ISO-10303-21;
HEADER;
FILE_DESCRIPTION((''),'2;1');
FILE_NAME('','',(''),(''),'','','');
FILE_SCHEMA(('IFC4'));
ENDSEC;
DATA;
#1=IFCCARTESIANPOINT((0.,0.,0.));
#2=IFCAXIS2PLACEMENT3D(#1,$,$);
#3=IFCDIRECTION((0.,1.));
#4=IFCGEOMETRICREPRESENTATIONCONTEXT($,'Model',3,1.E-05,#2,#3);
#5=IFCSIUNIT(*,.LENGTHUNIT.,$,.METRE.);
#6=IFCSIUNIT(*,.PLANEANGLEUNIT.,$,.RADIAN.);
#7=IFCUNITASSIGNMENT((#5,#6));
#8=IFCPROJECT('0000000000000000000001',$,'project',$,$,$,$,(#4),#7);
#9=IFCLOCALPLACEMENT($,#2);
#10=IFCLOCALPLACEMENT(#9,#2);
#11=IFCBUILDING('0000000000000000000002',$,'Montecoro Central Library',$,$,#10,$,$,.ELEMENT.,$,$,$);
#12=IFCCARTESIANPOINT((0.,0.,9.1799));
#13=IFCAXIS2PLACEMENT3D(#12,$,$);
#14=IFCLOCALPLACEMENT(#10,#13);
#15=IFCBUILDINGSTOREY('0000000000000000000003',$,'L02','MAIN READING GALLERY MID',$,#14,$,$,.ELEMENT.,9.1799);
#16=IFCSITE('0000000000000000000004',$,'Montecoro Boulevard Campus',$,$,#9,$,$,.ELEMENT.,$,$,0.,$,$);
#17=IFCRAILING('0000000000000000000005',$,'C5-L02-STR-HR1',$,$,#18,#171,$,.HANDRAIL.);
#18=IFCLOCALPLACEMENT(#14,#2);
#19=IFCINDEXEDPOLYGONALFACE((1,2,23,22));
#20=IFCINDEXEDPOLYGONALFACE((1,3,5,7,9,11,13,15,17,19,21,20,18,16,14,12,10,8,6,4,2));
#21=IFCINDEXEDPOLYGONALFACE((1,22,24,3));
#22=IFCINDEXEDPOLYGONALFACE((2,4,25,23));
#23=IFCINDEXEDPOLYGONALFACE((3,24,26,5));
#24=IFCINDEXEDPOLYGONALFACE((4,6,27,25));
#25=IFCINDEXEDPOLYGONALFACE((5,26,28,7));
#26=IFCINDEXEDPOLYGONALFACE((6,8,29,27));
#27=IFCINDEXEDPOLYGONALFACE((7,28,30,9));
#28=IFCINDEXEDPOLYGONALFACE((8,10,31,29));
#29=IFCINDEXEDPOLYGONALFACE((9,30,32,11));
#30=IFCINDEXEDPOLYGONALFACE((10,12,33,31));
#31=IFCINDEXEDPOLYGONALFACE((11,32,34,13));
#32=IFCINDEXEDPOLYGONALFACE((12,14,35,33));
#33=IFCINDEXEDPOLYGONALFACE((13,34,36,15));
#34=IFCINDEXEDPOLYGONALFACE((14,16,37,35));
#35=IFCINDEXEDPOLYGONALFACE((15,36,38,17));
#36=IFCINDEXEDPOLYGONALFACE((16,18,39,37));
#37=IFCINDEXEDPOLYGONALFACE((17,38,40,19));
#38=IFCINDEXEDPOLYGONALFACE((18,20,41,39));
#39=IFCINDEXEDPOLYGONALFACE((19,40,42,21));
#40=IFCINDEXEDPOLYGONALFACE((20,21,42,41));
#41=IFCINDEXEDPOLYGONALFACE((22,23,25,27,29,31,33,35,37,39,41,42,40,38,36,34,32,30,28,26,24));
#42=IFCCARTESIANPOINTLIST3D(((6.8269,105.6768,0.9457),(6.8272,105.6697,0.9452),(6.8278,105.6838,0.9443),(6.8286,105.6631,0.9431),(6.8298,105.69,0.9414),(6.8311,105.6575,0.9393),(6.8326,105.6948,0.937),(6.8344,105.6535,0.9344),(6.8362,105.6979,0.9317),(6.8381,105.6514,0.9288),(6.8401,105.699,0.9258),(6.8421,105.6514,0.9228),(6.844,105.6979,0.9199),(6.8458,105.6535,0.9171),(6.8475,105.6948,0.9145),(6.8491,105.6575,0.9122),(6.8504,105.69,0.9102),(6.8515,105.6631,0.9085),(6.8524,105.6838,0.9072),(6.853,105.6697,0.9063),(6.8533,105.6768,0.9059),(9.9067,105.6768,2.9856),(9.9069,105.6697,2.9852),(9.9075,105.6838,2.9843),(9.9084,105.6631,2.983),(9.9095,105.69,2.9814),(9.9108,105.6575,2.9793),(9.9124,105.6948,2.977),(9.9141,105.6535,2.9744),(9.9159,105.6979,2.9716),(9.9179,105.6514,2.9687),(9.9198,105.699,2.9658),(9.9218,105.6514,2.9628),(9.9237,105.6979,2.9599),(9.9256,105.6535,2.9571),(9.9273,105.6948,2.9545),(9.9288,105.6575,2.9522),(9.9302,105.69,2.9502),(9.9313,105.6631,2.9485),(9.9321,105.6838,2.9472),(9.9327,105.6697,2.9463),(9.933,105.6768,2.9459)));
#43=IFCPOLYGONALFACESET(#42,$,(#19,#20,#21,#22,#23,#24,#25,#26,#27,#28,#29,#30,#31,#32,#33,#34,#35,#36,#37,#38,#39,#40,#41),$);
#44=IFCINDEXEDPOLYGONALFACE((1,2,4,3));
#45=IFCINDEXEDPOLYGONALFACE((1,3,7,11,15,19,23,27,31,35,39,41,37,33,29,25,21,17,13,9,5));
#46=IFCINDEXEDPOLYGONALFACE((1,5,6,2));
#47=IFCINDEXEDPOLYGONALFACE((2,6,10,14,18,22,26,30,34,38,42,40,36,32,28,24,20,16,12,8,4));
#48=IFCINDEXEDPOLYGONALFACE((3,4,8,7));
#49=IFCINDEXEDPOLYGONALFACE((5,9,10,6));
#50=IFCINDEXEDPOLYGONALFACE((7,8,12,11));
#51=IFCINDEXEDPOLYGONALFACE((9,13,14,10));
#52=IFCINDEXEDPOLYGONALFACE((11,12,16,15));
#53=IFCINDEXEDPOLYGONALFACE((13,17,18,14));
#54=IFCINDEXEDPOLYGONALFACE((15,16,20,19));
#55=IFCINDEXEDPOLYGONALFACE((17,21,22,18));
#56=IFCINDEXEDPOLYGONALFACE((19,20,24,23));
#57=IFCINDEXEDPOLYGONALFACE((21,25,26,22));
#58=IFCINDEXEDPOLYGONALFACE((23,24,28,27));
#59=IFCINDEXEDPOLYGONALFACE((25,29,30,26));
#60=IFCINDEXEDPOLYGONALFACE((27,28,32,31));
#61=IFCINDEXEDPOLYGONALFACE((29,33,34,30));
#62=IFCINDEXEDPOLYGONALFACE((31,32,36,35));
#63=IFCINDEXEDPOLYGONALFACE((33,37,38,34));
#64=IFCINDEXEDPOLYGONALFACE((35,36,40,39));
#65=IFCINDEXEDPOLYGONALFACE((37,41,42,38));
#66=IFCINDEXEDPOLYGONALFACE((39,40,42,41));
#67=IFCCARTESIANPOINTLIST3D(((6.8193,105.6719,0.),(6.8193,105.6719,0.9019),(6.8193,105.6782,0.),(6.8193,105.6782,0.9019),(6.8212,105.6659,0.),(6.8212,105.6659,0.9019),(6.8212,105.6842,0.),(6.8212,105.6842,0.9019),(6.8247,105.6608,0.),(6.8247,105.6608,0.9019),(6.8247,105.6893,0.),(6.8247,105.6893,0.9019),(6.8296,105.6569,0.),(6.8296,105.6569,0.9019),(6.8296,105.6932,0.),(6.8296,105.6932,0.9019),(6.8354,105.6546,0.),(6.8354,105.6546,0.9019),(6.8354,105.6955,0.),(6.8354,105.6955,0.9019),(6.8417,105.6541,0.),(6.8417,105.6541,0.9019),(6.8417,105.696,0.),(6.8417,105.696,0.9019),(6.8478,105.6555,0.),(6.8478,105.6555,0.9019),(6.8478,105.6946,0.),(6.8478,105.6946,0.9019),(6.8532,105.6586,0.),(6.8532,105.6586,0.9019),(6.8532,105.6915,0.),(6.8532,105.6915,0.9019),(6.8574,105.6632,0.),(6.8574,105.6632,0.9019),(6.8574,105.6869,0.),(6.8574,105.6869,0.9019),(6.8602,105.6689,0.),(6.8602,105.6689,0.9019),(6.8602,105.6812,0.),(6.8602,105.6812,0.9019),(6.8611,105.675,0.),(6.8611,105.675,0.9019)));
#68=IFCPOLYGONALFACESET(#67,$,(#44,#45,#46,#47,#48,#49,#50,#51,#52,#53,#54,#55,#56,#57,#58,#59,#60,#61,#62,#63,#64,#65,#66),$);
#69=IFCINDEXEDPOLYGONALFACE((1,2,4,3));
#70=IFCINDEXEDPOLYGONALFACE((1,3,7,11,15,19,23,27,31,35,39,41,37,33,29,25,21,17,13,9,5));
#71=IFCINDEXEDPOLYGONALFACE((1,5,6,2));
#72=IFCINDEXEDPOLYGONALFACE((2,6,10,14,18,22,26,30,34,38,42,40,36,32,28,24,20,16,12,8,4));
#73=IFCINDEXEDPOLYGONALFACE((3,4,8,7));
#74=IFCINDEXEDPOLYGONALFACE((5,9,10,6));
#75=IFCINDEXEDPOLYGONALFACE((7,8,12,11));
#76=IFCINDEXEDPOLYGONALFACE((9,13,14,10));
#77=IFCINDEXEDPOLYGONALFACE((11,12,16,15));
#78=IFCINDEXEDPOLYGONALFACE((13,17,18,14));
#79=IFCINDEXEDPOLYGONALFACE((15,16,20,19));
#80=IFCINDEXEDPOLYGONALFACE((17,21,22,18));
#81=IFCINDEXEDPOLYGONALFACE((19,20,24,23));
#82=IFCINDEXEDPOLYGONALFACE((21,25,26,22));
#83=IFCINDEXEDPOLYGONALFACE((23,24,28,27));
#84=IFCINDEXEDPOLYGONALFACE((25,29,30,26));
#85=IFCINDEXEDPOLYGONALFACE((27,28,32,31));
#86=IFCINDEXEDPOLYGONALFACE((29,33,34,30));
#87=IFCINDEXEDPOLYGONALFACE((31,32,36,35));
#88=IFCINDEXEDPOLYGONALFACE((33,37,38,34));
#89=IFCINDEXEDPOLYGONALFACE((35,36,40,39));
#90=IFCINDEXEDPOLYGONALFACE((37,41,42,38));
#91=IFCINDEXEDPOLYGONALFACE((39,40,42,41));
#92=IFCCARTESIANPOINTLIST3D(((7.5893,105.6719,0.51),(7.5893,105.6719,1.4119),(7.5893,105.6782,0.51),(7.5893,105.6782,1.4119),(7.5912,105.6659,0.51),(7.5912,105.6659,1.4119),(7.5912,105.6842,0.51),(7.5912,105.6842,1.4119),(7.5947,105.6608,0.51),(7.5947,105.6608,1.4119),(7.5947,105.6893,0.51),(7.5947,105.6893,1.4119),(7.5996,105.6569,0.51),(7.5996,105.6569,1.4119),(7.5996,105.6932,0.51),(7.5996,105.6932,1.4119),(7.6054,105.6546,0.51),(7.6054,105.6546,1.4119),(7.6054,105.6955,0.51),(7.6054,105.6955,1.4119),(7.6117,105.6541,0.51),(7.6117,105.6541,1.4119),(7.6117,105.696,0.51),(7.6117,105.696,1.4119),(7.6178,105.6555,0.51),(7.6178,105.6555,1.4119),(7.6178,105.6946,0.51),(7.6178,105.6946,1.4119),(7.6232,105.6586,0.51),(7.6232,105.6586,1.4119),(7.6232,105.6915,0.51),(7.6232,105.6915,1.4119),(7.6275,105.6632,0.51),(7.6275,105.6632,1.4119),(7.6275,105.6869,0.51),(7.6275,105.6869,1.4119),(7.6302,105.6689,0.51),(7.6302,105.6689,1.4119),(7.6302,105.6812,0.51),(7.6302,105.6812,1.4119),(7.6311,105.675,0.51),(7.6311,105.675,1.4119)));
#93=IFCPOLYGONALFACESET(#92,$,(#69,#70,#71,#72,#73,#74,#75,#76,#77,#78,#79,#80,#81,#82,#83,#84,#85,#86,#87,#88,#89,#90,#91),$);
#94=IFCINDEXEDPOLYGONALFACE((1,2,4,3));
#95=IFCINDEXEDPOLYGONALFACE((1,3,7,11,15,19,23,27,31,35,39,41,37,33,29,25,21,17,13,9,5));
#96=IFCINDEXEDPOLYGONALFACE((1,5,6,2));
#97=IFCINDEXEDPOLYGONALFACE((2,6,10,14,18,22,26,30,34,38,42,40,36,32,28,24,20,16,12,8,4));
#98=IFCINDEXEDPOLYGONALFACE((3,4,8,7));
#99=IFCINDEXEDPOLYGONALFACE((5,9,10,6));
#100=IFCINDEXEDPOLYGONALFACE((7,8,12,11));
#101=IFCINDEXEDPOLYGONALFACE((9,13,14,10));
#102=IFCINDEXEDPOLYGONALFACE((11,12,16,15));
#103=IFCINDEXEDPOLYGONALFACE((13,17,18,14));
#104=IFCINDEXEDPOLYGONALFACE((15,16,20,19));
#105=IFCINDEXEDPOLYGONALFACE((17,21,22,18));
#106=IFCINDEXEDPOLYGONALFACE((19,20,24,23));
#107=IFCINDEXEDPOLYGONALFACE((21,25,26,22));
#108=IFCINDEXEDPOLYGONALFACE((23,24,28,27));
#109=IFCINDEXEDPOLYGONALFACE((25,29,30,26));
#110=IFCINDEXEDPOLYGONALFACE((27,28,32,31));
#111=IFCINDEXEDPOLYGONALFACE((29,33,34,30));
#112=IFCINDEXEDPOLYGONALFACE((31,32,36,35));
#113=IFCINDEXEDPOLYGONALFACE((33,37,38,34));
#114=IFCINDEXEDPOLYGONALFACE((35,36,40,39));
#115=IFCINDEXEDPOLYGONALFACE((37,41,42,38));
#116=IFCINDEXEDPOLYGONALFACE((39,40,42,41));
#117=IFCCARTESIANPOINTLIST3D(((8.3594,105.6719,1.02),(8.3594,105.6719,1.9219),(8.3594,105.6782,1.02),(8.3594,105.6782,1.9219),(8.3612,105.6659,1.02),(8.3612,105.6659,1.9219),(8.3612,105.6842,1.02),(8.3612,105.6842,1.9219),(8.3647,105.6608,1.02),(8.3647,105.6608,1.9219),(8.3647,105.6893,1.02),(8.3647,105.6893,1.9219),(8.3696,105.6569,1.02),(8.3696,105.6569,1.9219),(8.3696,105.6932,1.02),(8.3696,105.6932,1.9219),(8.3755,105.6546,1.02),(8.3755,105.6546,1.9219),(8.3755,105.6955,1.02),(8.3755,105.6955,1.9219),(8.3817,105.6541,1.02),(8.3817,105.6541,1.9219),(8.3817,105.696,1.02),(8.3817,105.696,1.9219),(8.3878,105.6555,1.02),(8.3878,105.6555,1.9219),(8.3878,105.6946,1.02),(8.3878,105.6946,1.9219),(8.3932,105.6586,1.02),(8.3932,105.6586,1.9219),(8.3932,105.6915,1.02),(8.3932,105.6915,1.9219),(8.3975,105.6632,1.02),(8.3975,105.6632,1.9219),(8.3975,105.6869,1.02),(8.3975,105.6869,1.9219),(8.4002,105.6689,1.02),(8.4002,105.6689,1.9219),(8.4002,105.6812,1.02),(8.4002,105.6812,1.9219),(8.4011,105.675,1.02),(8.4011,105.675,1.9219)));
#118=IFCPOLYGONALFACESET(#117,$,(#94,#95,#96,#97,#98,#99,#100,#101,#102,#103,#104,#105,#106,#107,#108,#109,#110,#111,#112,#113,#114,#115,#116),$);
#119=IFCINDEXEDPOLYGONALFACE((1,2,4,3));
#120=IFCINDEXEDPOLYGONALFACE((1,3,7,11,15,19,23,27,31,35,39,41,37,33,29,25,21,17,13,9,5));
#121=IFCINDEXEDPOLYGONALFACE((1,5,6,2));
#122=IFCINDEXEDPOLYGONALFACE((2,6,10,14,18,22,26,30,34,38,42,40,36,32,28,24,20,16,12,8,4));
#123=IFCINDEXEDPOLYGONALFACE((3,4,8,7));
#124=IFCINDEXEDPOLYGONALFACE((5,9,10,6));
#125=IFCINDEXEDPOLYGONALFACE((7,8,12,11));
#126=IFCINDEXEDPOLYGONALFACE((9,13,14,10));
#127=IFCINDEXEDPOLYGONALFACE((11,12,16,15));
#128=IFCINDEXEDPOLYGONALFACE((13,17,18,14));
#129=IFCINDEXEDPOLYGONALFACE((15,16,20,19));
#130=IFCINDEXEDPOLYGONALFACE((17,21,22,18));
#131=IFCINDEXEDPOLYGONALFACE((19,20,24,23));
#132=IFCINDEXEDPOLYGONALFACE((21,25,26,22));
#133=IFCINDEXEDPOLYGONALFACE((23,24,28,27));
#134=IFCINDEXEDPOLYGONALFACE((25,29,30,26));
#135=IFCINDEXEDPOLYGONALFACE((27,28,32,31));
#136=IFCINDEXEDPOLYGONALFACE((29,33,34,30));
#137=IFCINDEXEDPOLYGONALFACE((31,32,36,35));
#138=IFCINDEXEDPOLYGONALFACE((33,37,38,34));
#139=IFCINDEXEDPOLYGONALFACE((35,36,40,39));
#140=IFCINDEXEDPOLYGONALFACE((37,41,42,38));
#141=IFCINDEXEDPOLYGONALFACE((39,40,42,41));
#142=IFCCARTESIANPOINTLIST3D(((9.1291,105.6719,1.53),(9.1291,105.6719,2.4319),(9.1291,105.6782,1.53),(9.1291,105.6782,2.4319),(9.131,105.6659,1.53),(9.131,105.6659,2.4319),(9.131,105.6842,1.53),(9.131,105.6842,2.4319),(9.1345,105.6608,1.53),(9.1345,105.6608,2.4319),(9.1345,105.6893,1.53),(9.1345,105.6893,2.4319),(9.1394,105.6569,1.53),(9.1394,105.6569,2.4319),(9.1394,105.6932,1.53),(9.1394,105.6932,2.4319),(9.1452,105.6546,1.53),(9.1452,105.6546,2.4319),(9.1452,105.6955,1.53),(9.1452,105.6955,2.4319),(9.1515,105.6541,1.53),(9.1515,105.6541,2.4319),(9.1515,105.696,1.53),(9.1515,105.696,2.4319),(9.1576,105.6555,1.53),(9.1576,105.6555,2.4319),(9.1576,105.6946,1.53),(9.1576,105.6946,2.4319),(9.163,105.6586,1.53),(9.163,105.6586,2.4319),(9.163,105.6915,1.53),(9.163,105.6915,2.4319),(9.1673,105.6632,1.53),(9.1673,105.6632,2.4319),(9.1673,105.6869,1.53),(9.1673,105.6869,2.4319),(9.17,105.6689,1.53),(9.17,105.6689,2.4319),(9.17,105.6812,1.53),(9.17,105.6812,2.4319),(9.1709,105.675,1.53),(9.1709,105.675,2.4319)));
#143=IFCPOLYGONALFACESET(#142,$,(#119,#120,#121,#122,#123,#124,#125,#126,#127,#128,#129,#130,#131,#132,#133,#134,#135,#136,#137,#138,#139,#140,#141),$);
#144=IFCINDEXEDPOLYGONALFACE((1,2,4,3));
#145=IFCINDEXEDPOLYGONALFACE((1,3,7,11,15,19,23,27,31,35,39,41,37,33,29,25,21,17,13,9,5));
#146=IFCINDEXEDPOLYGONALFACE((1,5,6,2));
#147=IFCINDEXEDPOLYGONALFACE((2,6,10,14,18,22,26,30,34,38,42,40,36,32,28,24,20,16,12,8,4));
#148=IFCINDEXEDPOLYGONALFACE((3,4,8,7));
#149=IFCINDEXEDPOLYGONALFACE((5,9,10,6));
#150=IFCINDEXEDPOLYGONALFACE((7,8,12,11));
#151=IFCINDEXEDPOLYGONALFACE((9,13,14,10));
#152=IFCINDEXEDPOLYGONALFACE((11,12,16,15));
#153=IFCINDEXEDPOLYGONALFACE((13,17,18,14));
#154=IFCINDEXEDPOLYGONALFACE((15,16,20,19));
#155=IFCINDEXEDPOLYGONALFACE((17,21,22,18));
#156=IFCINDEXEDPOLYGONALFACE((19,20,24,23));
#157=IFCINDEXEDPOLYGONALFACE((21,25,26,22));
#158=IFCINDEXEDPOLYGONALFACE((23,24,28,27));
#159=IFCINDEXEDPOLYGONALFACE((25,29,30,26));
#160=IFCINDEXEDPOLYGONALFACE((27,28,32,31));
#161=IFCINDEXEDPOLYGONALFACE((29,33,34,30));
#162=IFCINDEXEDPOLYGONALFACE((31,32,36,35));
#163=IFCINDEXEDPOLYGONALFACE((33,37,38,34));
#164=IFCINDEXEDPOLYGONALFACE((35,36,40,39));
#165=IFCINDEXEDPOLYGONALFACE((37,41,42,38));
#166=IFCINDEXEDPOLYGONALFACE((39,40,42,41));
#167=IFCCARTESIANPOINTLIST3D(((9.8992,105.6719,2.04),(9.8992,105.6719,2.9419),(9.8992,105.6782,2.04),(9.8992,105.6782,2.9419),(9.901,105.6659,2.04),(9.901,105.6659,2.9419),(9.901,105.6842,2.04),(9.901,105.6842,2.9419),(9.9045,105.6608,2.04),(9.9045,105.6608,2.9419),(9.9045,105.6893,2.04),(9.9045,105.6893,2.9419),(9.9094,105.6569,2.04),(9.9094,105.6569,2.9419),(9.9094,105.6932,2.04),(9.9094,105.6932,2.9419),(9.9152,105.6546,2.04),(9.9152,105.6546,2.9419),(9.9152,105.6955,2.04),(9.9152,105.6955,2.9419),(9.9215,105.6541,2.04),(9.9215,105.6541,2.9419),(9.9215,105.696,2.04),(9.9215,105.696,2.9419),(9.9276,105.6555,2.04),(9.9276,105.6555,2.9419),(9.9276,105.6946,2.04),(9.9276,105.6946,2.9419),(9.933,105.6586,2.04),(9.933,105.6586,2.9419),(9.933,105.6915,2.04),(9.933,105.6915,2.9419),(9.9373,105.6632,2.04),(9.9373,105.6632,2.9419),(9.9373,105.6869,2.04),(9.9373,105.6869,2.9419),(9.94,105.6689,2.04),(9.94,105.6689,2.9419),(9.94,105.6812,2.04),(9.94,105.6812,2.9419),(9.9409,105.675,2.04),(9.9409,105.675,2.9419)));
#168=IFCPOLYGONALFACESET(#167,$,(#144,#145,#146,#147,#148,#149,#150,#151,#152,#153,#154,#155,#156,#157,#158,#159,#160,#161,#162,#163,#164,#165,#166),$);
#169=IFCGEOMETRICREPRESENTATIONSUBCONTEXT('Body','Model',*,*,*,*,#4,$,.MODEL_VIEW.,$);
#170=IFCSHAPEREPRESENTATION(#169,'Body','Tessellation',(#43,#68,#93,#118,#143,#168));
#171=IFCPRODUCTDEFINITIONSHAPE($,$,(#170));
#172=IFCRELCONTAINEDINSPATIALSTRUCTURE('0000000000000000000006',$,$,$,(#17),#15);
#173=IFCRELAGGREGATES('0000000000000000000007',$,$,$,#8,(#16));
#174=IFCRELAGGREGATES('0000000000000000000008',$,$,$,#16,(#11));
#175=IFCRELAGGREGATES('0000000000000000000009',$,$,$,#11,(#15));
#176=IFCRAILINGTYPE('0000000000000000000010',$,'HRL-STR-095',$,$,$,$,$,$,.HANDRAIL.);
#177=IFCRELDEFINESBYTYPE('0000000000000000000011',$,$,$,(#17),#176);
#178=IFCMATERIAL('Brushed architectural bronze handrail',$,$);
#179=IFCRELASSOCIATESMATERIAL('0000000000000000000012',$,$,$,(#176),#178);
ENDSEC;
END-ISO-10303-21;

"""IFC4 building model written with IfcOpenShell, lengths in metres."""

from ifc_helpers import new_model, si_unit, direction, frame, origin, origin_2d, place, context, subcontext, project, spatial, circle, extrude, material, type_object, element, save


model = new_model("IFC4")

# Units and contexts
model_context = context("Model", 3, precision=1e-05, world=origin(), true_north=direction((0.0, 1.0)))
body_context = subcontext(model_context, "Body", "Model", "MODEL_VIEW")
ifc_project = project(units=[si_unit("LENGTHUNIT", "METRE"), si_unit("PLANEANGLEUNIT", "RADIAN")], contexts=[model_context])

# Site, building, storey
site_placement = place(None, origin())
site = spatial("IfcSite", under=ifc_project, at=site_placement, Name="Montecoro Boulevard Campus", CompositionType="ELEMENT", RefElevation=0.0)
building_placement = place(site_placement, origin())
building = spatial("IfcBuilding", under=site, at=building_placement, Name="Montecoro Central Library", CompositionType="ELEMENT")
storey_placement = place(building_placement, frame((0.0, 0.0, 9.1799)))
storey = spatial("IfcBuildingStorey", under=building, at=storey_placement, Name="L02", Description="MAIN READING GALLERY MID", CompositionType="ELEMENT", Elevation=9.1799)

# Railing
ifc_material_1 = material(Name="Brushed architectural bronze handrail")
railing_type_1 = type_object("IfcRailingType", Name="HRL-STR-095", PredefinedType="HANDRAIL", material=ifc_material_1)
railing_1_placement = place(storey_placement, frame((6.8401, 105.675, 0.0)))
element("IfcRailing", 1, at=railing_1_placement, inside=storey, type_object=railing_type_1, Name="C5-L02-STR-HR1", PredefinedType="HANDRAIL", context=body_context, shape_type="SweptSolid", body=[
    extrude(circle(Radius=0.0239, at=origin_2d()), frame((0.0, 0.0, 0.9258), z_axis=(0.833694, 0.0, 0.552227), x_axis=(0.0, 1.0, 0.0)), (0.0, 0.0, 1.0), 3.6941),
    extrude(circle(Radius=0.021, at=origin_2d()), origin(), (0.0, 0.0, 1.0), 0.9019),
    extrude(circle(Radius=0.021, at=origin_2d()), frame((0.77, 0.0, 0.51)), (0.0, 0.0, 1.0), 0.9019),
    extrude(circle(Radius=0.021, at=origin_2d()), frame((1.54, 0.0, 1.02)), (0.0, 0.0, 1.0), 0.9019),
    extrude(circle(Radius=0.021, at=origin_2d()), frame((2.3098, 0.0, 1.53)), (0.0, 0.0, 1.0), 0.9019),
    extrude(circle(Radius=0.021, at=origin_2d()), frame((3.0798, 0.0, 2.04)), (0.0, 0.0, 1.0), 0.9019),
])

save(model, "model.ifc")
